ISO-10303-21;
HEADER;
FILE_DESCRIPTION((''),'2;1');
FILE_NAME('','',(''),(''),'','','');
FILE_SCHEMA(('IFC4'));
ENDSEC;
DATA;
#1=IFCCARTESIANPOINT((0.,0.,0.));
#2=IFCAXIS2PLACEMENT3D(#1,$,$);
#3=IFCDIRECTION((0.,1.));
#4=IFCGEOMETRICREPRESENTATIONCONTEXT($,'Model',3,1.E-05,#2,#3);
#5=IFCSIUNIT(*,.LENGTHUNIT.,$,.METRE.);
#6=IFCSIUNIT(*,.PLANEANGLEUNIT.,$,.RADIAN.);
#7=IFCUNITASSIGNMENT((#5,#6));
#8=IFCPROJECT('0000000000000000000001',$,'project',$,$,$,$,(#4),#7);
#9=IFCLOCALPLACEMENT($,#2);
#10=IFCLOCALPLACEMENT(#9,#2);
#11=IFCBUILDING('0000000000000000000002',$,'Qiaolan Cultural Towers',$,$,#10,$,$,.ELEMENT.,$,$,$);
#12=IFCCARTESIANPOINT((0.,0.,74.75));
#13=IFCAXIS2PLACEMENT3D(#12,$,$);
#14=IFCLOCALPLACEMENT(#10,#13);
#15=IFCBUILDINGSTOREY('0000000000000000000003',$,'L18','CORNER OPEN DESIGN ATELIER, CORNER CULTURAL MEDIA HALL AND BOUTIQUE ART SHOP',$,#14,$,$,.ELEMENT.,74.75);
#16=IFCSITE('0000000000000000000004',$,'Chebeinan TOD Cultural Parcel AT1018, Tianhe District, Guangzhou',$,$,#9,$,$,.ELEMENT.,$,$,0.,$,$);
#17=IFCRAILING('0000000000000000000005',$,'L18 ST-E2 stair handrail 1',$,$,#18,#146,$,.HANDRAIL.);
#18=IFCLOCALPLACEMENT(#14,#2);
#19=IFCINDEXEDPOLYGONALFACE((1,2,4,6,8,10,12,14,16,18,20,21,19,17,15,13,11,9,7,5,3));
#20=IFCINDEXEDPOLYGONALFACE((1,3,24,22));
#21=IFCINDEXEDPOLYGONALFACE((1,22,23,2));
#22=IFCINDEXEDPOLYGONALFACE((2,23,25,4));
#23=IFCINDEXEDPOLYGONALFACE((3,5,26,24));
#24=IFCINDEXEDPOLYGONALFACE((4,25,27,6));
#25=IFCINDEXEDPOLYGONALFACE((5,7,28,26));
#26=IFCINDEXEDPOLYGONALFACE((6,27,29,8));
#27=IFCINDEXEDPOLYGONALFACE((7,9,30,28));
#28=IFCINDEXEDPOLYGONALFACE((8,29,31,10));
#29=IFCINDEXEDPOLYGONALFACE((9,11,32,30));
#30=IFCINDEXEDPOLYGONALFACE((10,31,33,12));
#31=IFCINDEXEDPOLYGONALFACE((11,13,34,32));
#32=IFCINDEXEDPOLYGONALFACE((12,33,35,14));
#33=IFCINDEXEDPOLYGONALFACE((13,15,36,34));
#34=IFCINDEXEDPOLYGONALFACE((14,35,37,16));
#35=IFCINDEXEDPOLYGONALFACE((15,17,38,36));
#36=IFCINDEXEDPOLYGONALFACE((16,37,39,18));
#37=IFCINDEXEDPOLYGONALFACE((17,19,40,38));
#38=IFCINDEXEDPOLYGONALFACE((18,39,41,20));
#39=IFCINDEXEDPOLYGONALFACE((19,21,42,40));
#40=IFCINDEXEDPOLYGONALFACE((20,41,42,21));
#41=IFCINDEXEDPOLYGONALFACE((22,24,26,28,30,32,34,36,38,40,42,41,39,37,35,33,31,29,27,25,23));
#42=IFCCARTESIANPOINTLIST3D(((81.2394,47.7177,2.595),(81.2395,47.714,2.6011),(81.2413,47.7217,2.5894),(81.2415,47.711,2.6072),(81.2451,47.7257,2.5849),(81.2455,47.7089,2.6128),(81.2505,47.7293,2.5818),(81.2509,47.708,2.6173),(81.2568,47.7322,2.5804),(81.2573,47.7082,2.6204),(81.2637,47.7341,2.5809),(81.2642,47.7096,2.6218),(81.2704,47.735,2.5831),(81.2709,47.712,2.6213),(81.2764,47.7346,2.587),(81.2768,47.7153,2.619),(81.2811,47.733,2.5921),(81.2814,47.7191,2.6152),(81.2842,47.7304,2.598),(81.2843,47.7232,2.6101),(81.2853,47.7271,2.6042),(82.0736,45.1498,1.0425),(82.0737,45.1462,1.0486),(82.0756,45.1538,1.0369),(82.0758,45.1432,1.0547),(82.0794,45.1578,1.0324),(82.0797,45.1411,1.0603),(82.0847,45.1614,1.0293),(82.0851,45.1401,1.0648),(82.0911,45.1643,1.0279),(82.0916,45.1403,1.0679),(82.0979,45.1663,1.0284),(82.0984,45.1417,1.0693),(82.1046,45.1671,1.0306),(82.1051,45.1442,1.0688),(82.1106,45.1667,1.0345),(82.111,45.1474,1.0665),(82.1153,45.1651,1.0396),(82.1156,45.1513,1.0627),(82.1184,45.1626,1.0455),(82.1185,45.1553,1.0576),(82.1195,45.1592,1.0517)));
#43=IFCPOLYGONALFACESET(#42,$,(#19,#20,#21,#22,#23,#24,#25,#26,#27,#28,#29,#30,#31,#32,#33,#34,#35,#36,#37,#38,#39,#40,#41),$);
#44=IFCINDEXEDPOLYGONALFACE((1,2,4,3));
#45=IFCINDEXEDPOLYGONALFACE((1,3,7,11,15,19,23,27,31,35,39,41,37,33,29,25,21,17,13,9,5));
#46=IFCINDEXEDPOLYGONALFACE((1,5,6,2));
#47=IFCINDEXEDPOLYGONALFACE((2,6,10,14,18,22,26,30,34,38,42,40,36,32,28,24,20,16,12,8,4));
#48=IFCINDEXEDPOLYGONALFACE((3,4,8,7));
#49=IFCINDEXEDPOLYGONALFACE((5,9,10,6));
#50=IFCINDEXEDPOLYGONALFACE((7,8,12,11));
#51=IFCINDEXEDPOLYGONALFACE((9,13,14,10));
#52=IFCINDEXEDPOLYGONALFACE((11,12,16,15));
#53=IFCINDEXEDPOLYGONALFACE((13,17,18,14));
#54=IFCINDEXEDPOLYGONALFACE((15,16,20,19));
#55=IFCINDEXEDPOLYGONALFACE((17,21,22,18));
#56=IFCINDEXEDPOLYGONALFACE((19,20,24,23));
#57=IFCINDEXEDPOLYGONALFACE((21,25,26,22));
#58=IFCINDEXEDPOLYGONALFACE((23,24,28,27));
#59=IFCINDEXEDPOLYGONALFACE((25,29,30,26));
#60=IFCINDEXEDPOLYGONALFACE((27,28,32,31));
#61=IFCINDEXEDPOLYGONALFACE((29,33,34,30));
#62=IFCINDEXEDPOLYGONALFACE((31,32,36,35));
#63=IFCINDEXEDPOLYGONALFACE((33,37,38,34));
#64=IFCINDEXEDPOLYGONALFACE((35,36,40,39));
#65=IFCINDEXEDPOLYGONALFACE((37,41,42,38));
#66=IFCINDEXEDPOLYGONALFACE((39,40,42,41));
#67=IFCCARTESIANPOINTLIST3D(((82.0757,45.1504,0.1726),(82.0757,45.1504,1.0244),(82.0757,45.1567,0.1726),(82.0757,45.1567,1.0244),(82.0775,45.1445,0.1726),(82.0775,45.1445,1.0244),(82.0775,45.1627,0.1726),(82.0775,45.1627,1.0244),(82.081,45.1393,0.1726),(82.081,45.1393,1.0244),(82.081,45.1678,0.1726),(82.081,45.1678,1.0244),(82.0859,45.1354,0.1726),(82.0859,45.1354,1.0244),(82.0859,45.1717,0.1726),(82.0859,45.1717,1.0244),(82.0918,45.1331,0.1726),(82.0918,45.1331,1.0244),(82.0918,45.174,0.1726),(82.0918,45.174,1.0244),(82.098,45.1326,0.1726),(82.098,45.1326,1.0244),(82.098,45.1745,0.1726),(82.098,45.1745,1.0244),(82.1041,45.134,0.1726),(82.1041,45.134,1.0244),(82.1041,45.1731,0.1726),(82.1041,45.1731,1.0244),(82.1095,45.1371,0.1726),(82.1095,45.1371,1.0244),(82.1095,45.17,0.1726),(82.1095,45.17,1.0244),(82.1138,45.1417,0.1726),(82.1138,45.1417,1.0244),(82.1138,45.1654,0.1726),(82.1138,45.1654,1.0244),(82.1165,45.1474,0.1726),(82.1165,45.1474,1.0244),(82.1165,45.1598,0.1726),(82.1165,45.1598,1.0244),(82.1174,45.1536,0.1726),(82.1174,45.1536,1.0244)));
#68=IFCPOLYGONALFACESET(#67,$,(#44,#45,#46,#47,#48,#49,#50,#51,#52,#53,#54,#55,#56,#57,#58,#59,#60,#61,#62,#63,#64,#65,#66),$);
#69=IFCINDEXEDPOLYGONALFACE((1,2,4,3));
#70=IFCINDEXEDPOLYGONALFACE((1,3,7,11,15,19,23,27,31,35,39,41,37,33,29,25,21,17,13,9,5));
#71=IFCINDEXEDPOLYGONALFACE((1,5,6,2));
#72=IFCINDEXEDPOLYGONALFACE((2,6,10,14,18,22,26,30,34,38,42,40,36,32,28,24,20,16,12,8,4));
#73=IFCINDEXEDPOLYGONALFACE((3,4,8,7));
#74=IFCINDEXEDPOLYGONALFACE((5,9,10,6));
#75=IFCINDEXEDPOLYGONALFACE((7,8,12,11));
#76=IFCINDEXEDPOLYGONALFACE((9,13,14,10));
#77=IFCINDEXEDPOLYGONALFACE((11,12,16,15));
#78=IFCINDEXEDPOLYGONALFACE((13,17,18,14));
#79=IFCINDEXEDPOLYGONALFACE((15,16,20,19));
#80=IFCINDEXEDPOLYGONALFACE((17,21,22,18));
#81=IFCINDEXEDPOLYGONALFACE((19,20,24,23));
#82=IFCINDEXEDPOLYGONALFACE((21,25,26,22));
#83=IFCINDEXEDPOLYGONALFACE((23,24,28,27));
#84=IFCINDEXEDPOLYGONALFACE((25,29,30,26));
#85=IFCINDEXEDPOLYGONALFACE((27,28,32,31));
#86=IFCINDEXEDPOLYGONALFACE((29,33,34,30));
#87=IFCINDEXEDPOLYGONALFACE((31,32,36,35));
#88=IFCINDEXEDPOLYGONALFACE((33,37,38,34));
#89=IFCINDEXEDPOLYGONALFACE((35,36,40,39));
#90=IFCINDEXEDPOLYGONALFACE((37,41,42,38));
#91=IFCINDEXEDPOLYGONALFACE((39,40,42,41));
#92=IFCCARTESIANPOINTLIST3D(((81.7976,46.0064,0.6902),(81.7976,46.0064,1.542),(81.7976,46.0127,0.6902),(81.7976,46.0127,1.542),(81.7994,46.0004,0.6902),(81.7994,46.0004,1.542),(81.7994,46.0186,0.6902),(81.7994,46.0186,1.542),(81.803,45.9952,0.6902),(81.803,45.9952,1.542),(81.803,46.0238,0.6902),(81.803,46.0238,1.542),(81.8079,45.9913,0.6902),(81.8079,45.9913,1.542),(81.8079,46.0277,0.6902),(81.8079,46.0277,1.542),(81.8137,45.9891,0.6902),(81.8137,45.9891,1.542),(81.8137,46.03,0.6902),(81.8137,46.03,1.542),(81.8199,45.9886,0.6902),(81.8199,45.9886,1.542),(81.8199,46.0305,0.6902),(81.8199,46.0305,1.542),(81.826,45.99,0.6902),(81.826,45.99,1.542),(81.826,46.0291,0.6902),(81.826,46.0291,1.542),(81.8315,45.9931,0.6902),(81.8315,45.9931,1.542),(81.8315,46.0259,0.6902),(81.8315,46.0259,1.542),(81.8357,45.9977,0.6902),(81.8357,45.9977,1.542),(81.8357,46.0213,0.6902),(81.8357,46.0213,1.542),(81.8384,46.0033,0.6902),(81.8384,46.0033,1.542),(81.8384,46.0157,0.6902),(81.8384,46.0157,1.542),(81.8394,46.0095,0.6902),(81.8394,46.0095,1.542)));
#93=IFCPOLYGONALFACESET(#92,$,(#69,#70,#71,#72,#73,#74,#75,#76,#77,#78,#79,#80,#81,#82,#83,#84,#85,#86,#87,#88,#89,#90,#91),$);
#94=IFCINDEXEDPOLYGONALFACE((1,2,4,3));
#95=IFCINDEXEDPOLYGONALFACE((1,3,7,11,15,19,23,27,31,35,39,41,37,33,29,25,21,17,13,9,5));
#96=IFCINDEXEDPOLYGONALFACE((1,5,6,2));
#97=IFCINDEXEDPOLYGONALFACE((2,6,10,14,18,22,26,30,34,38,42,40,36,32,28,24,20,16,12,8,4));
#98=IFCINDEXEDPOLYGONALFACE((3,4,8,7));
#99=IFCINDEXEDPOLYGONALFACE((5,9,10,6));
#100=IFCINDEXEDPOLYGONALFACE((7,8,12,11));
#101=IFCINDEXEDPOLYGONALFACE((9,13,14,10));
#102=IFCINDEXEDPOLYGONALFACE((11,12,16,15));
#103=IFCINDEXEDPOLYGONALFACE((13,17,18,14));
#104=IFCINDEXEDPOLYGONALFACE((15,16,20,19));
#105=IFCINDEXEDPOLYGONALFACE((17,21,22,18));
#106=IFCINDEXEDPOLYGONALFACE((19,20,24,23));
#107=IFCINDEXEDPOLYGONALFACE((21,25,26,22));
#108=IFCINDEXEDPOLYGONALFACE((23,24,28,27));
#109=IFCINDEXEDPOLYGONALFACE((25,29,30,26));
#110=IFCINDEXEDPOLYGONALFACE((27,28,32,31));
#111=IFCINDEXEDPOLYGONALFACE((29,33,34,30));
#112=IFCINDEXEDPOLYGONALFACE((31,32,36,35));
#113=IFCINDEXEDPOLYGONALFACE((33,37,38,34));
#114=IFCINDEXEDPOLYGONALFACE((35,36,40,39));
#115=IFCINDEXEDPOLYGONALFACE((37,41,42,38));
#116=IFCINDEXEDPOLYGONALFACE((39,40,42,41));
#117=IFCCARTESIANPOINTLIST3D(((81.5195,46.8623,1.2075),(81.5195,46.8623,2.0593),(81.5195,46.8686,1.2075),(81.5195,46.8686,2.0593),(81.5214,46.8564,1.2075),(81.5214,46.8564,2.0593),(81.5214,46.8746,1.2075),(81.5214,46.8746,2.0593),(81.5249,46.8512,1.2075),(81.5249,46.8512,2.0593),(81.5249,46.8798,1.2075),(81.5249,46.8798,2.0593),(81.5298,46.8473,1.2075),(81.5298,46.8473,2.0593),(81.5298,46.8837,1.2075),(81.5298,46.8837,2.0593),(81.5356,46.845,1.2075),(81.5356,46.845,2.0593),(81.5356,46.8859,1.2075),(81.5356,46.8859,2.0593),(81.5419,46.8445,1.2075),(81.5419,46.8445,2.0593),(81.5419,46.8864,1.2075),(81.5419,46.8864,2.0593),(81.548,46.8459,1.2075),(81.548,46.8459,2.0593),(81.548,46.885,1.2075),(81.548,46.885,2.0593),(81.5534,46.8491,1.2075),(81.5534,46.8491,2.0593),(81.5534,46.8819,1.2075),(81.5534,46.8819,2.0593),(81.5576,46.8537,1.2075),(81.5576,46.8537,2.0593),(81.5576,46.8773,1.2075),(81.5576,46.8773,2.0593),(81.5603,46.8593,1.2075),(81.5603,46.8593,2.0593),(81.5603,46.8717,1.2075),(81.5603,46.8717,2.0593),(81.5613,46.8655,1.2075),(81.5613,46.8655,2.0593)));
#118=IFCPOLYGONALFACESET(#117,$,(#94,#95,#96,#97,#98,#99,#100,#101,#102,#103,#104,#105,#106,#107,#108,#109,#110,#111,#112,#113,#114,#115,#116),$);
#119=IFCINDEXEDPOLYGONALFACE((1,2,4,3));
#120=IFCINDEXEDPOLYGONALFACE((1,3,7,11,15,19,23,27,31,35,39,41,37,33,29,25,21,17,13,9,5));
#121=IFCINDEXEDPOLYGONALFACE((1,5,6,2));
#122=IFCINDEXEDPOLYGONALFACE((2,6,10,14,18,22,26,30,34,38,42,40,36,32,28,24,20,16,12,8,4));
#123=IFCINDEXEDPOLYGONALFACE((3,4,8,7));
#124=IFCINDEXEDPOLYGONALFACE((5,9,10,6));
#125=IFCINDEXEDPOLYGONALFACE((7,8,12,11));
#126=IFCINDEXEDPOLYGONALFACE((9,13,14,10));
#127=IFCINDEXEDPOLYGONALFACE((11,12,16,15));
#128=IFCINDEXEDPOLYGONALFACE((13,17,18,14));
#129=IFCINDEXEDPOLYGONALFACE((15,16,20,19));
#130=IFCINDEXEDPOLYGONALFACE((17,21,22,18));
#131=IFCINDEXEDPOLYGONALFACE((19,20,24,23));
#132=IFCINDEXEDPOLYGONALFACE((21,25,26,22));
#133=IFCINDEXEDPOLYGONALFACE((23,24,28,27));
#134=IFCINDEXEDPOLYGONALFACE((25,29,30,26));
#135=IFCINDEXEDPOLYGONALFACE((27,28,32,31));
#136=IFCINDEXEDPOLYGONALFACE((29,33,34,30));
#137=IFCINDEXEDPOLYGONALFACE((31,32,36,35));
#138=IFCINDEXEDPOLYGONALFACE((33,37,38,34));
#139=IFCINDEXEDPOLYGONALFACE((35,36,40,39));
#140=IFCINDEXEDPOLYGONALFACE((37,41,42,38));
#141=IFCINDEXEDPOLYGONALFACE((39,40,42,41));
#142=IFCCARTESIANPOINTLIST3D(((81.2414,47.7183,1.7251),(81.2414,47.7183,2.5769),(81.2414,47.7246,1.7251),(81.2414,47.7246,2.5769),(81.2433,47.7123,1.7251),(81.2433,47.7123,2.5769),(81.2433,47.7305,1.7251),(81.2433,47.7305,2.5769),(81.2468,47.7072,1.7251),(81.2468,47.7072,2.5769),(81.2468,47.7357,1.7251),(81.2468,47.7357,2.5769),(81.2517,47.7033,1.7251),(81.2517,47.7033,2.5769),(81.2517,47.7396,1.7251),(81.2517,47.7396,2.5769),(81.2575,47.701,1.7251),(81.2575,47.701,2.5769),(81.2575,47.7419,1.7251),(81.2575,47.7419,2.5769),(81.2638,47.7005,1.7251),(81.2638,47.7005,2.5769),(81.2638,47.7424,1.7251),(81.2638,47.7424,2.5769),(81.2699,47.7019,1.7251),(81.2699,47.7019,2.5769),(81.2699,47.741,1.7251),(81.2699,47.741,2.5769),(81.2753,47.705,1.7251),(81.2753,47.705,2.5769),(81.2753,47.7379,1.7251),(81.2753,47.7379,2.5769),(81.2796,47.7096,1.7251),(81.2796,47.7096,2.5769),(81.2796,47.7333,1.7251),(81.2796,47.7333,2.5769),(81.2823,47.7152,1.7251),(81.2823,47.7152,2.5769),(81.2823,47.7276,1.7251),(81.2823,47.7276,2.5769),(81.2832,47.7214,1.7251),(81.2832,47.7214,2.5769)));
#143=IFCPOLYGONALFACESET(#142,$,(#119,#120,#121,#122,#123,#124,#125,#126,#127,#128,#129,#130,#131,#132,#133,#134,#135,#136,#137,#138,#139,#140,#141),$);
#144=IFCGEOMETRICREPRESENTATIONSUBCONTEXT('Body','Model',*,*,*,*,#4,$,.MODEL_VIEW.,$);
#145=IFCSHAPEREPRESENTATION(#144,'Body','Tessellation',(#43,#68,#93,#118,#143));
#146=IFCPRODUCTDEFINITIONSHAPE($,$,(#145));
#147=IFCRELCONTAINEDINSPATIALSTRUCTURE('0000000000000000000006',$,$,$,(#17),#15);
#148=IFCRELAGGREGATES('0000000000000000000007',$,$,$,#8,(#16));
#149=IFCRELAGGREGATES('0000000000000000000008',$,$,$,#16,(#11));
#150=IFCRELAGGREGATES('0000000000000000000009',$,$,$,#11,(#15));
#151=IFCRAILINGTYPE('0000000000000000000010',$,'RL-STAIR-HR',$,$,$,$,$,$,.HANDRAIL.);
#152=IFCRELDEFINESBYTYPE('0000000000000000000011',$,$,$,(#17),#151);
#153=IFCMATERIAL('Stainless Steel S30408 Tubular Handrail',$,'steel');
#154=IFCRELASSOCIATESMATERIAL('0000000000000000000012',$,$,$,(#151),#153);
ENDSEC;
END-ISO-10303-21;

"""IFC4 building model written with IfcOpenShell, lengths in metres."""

from ifc_helpers import new_model, si_unit, direction, frame, origin, origin_2d, place, context, subcontext, project, spatial, circle, extrude, material, type_object, element, save


model = new_model("IFC4")

# Units and contexts
model_context = context("Model", 3, precision=1e-05, world=origin(), true_north=direction((0.0, 1.0)))
body_context = subcontext(model_context, "Body", "Model", "MODEL_VIEW")
ifc_project = project(units=[si_unit("LENGTHUNIT", "METRE"), si_unit("PLANEANGLEUNIT", "RADIAN")], contexts=[model_context])

# Site, building, storey
site_placement = place(None, origin())
site = spatial("IfcSite", under=ifc_project, at=site_placement, Name="Chebeinan TOD Cultural Parcel AT1018, Tianhe District, Guangzhou", CompositionType="ELEMENT", RefElevation=0.0)
building_placement = place(site_placement, origin())
building = spatial("IfcBuilding", under=site, at=building_placement, Name="Qiaolan Cultural Towers", CompositionType="ELEMENT")
storey_placement = place(building_placement, frame((0.0, 0.0, 74.75)))
storey = spatial("IfcBuildingStorey", under=building, at=storey_placement, Name="L18", Description="CORNER OPEN DESIGN ATELIER, CORNER CULTURAL MEDIA HALL AND BOUTIQUE ART SHOP", CompositionType="ELEMENT", Elevation=74.75)

# Railing
ifc_material_1 = material(Name="Stainless Steel S30408 Tubular Handrail", Category="steel")
railing_type_1 = type_object("IfcRailingType", Name="RL-STAIR-HR", PredefinedType="HANDRAIL", material=ifc_material_1)
railing_1_placement = place(storey_placement, frame((82.0964, 45.1536, 0.1726)))
element("IfcRailing", 1, at=railing_1_placement, inside=storey, type_object=railing_type_1, Name="L18 ST-E2 stair handrail 1", PredefinedType="HANDRAIL", context=body_context, shape_type="SweptSolid", body=[
    extrude(circle(Radius=0.0239, at=origin_2d()), frame((0.0, 0.0, 0.876), z_axis=(-0.267853, 0.824488, 0.498471), x_axis=(-0.95107, -0.308976, 0.0)), (0.0, 0.0, 1.0), 3.1145),
    extrude(circle(Radius=0.021, at=origin_2d()), origin(), (0.0, 0.0, 1.0), 0.8518),
    extrude(circle(Radius=0.021, at=origin_2d()), frame((-0.2781, 0.856, 0.5176)), (0.0, 0.0, 1.0), 0.8518),
    extrude(circle(Radius=0.021, at=origin_2d()), frame((-0.5562, 1.7119, 1.0349)), (0.0, 0.0, 1.0), 0.8518),
    extrude(circle(Radius=0.021, at=origin_2d()), frame((-0.8342, 2.5679, 1.5525)), (0.0, 0.0, 1.0), 0.8518),
])

save(model, "model.ifc")
